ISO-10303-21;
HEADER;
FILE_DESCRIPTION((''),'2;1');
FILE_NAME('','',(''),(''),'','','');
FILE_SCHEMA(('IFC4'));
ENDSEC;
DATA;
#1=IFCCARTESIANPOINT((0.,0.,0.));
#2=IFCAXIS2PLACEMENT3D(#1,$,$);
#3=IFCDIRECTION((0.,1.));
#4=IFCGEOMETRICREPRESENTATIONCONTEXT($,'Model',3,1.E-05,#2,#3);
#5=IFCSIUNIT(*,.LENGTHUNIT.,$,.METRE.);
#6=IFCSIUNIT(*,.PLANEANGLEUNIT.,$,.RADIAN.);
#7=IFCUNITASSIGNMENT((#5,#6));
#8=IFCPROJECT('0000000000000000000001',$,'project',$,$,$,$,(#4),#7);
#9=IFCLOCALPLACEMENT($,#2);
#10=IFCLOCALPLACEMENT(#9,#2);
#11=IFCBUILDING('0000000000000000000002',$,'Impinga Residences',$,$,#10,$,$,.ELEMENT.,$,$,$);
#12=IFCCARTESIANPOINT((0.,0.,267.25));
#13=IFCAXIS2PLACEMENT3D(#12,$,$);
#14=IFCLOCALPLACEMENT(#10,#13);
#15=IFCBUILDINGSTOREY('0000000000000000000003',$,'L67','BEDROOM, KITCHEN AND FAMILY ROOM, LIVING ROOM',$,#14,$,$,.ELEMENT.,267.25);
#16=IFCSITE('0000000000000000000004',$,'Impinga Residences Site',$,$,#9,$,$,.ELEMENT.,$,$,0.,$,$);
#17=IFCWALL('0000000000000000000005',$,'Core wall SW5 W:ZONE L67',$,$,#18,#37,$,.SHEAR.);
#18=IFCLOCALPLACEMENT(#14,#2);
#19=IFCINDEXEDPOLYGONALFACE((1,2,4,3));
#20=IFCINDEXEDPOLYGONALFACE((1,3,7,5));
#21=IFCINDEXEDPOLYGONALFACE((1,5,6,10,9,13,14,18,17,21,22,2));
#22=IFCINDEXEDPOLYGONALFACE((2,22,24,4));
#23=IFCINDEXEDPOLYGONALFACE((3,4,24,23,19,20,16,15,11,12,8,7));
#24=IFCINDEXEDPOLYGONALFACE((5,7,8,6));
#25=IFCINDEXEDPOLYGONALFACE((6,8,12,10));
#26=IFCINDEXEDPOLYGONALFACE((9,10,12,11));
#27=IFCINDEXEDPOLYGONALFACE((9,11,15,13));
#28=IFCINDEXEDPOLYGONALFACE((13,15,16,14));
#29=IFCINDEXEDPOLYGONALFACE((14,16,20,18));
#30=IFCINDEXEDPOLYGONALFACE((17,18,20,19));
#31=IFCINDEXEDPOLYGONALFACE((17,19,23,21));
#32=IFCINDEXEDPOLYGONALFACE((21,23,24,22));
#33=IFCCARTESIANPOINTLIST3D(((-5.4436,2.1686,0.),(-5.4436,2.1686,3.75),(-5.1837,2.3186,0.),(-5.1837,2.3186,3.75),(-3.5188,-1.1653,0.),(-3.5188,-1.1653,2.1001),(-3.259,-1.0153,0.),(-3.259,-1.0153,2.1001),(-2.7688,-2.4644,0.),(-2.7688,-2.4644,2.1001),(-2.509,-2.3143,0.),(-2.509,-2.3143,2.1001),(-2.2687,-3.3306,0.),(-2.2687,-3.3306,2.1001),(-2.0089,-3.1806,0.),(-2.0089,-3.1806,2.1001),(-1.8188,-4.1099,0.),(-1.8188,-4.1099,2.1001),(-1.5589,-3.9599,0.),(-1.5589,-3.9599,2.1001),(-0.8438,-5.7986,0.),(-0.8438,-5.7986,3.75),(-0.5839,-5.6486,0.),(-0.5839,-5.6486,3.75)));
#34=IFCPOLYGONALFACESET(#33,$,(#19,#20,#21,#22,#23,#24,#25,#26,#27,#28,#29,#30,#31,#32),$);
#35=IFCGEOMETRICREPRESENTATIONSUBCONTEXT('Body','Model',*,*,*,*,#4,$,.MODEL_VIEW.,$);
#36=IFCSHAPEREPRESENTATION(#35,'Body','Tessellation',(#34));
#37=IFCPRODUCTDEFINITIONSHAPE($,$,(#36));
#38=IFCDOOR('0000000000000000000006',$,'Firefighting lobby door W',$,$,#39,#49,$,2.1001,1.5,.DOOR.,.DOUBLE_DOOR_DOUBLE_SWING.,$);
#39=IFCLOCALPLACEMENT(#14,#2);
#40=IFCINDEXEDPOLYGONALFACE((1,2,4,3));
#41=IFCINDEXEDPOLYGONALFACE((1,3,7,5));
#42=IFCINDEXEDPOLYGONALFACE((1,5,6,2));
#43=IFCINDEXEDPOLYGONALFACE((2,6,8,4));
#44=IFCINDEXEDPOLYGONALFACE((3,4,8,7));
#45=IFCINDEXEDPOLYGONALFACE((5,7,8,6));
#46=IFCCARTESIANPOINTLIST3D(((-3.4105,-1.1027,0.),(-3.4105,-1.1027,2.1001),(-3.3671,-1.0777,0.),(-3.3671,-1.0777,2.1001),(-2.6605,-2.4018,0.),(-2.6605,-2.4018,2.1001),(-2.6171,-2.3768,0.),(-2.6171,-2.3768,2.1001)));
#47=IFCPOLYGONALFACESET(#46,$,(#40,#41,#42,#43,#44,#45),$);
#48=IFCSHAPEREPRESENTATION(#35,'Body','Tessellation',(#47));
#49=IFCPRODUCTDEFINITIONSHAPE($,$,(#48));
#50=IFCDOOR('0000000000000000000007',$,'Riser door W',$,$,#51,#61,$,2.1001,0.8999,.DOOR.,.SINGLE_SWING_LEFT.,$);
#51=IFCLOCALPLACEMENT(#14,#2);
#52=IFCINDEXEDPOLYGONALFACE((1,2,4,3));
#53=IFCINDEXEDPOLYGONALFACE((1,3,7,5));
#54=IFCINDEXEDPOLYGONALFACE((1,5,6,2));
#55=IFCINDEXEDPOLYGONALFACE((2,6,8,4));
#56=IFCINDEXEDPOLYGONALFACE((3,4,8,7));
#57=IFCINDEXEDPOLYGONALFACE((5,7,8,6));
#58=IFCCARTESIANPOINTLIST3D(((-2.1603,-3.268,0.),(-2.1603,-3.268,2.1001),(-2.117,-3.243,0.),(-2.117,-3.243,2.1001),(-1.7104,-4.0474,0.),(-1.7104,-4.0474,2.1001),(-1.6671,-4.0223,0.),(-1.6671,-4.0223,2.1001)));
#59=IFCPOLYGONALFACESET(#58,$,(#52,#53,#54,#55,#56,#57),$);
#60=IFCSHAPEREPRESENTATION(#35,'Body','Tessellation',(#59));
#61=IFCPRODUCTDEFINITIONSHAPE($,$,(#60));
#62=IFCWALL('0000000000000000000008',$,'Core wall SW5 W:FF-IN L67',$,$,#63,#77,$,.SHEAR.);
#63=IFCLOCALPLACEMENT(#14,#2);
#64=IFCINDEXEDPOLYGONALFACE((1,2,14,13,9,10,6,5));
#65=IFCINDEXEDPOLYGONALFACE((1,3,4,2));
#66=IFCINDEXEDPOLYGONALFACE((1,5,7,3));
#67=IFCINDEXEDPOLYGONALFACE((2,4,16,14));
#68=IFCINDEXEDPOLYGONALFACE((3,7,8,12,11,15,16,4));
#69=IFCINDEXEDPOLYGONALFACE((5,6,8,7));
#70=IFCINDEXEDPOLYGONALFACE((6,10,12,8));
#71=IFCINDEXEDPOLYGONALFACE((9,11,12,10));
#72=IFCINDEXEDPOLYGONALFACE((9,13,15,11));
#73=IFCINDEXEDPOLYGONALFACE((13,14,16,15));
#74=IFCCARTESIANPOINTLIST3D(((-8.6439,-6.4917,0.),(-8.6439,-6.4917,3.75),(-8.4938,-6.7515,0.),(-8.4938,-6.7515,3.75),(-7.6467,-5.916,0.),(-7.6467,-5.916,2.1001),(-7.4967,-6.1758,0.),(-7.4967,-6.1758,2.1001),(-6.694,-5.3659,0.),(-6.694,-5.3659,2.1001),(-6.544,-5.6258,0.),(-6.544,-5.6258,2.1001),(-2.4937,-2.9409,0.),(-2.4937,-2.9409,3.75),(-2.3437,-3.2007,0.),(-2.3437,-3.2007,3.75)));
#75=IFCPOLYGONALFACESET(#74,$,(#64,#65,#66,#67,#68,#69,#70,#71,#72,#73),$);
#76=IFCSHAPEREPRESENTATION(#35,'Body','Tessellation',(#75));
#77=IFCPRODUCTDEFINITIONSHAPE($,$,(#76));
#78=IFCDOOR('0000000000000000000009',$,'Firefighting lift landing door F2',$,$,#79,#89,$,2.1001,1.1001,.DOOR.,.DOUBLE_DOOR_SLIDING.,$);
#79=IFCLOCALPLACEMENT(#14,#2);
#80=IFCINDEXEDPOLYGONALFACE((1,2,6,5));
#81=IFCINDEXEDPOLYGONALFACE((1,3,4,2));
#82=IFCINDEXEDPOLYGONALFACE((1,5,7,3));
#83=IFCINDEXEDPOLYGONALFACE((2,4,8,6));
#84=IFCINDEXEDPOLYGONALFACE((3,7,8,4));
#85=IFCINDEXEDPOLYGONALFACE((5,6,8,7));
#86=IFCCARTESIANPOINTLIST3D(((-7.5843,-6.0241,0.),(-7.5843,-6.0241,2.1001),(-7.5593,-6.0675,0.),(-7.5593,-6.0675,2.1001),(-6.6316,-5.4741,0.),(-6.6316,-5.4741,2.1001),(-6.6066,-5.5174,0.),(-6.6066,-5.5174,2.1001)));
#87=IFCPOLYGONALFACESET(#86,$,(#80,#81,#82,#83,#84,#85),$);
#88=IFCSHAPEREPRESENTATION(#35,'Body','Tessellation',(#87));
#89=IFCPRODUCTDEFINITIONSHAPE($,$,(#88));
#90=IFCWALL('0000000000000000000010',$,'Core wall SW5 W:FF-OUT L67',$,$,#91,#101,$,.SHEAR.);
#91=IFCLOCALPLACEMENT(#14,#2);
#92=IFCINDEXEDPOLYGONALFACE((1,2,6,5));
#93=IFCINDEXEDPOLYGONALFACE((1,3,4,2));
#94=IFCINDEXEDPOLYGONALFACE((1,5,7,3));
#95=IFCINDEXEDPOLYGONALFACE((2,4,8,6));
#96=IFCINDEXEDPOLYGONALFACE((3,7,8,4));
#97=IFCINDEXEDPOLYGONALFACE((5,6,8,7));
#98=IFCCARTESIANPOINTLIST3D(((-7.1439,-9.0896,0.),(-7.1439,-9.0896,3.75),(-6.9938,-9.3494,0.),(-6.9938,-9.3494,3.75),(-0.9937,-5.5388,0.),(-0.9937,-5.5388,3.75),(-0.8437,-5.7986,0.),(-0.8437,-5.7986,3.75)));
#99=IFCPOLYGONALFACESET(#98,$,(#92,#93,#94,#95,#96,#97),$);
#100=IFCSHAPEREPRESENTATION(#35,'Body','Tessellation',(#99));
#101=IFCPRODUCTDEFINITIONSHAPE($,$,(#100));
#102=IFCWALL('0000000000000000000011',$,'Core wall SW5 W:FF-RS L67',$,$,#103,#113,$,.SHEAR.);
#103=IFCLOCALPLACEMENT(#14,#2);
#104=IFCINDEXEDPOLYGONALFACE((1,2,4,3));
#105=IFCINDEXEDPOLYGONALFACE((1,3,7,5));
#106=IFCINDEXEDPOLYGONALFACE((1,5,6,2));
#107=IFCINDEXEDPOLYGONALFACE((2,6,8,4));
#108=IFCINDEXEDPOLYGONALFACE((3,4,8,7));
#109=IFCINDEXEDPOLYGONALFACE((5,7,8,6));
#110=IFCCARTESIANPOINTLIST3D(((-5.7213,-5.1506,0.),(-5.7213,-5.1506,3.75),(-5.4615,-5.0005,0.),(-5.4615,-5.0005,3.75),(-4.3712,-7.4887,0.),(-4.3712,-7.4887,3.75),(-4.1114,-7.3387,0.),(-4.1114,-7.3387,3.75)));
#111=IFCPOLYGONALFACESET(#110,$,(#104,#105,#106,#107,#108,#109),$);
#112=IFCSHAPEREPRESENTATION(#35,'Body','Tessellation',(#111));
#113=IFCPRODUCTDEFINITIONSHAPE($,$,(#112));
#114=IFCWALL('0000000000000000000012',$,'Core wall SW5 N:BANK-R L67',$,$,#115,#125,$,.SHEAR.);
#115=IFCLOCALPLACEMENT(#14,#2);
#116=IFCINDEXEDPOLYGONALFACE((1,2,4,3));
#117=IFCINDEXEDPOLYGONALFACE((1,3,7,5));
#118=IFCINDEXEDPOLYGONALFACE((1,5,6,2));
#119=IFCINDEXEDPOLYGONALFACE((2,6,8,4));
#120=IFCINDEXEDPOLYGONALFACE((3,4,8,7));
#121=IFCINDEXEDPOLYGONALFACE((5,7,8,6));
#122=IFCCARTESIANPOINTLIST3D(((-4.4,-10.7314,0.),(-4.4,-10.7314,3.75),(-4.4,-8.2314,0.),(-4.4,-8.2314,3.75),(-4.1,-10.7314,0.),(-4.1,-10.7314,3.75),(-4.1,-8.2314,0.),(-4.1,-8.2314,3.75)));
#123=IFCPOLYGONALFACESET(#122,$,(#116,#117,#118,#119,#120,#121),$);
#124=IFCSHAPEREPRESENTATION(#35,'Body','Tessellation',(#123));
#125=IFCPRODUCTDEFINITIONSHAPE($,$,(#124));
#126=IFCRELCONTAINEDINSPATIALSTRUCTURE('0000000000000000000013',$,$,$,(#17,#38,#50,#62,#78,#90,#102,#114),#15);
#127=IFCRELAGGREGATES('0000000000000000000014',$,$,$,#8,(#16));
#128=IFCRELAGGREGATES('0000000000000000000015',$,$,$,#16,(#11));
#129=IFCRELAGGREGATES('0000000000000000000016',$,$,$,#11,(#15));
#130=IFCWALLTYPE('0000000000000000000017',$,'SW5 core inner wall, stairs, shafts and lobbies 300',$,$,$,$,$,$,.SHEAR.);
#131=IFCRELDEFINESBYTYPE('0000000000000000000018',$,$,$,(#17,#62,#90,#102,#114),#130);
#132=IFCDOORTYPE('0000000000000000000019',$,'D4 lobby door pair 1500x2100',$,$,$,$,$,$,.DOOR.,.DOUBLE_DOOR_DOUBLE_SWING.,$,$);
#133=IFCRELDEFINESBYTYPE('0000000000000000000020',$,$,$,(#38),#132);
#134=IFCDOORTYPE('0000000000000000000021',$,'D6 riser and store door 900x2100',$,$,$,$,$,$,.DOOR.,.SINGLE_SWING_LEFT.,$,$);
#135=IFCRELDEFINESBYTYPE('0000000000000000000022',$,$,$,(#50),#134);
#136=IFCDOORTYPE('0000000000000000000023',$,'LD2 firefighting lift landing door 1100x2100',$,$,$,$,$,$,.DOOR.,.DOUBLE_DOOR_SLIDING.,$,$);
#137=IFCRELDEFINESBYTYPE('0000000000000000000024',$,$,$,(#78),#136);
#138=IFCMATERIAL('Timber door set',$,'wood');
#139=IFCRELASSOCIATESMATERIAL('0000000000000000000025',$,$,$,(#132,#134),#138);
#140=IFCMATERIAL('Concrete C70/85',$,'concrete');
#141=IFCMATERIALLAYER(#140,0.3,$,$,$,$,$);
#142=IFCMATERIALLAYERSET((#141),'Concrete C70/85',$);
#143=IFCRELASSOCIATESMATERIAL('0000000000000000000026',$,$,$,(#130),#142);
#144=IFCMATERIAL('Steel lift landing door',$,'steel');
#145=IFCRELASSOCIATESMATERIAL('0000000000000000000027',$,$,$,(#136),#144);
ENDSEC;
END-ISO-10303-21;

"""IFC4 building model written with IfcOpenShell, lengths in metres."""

from ifc_helpers import new_model, si_unit, direction, frame, frame_2d, origin, place, context, subcontext, project, spatial, rectangle, extrude, material, layer, layer_set, type_object, element, fill, save


model = new_model("IFC4")

# Units and contexts
model_context = context("Model", 3, precision=1e-05, world=origin(), true_north=direction((0.0, 1.0)))
body_context = subcontext(model_context, "Body", "Model", "MODEL_VIEW")
ifc_project = project(units=[si_unit("LENGTHUNIT", "METRE"), si_unit("PLANEANGLEUNIT", "RADIAN")], contexts=[model_context])

# Site, building, storey
site_placement = place(None, origin())
site = spatial("IfcSite", under=ifc_project, at=site_placement, Name="Impinga Residences Site", CompositionType="ELEMENT", RefElevation=0.0)
building_placement = place(site_placement, origin())
building = spatial("IfcBuilding", under=site, at=building_placement, Name="Impinga Residences", CompositionType="ELEMENT")
storey_placement = place(building_placement, frame((0.0, 0.0, 267.25)))
storey = spatial("IfcBuildingStorey", under=building, at=storey_placement, Name="L67", Description="BEDROOM, KITCHEN AND FAMILY ROOM, LIVING ROOM", CompositionType="ELEMENT", Elevation=267.25)

# Shared definitions
ifc_material_1 = material(Name="Timber door set", Category="wood")

# Shared definitions
door_type_1 = type_object("IfcDoorType", Name="D4 lobby door pair 1500x2100", OperationType="DOUBLE_DOOR_DOUBLE_SWING", PredefinedType="DOOR", material=ifc_material_1)

# Wall, openings, doors
ifc_material_2 = material(Name="Concrete C70/85", Category="concrete")
ifc_layer_1 = layer(ifc_material_2, 0.3)
ifc_layer_set_1 = layer_set([ifc_layer_1], Name="Concrete C70/85")
wall_type_1 = type_object("IfcWallType", Name="SW5 core inner wall, stairs, shafts and lobbies 300", PredefinedType="SHEAR", material=ifc_layer_set_1)
wall_1_placement = place(storey_placement, frame((-0.7139, -5.7236, 0.0), z_axis=(0.0, 0.0, 1.0), x_axis=(-0.499995, 0.866028, 0.0)))
wall_1 = element("IfcWall", 1, at=wall_1_placement, inside=storey, type_object=wall_type_1, Name="Core wall SW5 W:ZONE L67", PredefinedType="SHEAR", context=body_context, shape_type="SweptSolid", body=[
    extrude(rectangle(XDim=9.1997, YDim=0.3, at=frame_2d((4.5999, 0.0))), origin(), (0.0, 0.0, 1.0), 3.75),
])
opening_1_placement = place(wall_1_placement, frame((3.8501, 0.0, 0.0)))
opening_1 = element("IfcOpeningElement", 2, at=opening_1_placement, cuts=wall_1, PredefinedType="OPENING", context=body_context, shape_type="SweptSolid", body=[
    extrude(rectangle(XDim=1.5, YDim=2.1001, at=frame_2d((0.75, 1.05))), frame((0.0, 0.1599, 0.0), z_axis=(0.0, -1.0, 0.0), x_axis=(1.0, 0.0, 0.0)), (0.0, 0.0, 1.0), 0.3201),
])
opening_2_placement = place(wall_1_placement, frame((1.95, 0.0, 0.0)))
opening_2 = element("IfcOpeningElement", 3, at=opening_2_placement, cuts=wall_1, PredefinedType="OPENING", context=body_context, shape_type="SweptSolid", body=[
    extrude(rectangle(XDim=0.8999, YDim=2.1001, at=frame_2d((0.45, 1.05))), frame((0.0, 0.1599, 0.0), z_axis=(0.0, -1.0, 0.0), x_axis=(1.0, 0.0, 0.0)), (0.0, 0.0, 1.0), 0.3201),
])
door_1_placement = place(opening_1_placement, origin())
door_1 = element("IfcDoor", 4, at=door_1_placement, inside=storey, type_object=door_type_1, Name="Firefighting lobby door W", OperationType="DOUBLE_DOOR_DOUBLE_SWING", OverallHeight=2.1001, OverallWidth=1.5, PredefinedType="DOOR", context=body_context, shape_type="SweptSolid", body=[
    extrude(rectangle(XDim=1.5, YDim=2.1001, at=frame_2d((0.75, 1.05))), frame((0.0, 0.0249, 0.0), z_axis=(0.0, -1.0, 0.0), x_axis=(1.0, 0.0, 0.0)), (0.0, 0.0, 1.0), 0.05),
])
fill(opening_1, door_1)
door_type_2 = type_object("IfcDoorType", Name="D6 riser and store door 900x2100", OperationType="SINGLE_SWING_LEFT", PredefinedType="DOOR", material=ifc_material_1)
door_2_placement = place(opening_2_placement, origin())
door_2 = element("IfcDoor", 5, at=door_2_placement, inside=storey, type_object=door_type_2, Name="Riser door W", OperationType="SINGLE_SWING_LEFT", OverallHeight=2.1001, OverallWidth=0.8999, PredefinedType="DOOR", context=body_context, shape_type="SweptSolid", body=[
    extrude(rectangle(XDim=0.8999, YDim=2.1001, at=frame_2d((0.45, 1.05))), frame((0.0, 0.0249, 0.0), z_axis=(0.0, -1.0, 0.0), x_axis=(1.0, 0.0, 0.0)), (0.0, 0.0, 1.0), 0.05),
])
fill(opening_2, door_2)

# Wall, opening, door
wall_2_placement = place(storey_placement, frame((-2.4187, -3.0708, 0.0), z_axis=(0.0, 0.0, 1.0), x_axis=(-0.866026, -0.499999, 0.0)))
wall_2 = element("IfcWall", 6, at=wall_2_placement, inside=storey, type_object=wall_type_1, Name="Core wall SW5 W:FF-IN L67", PredefinedType="SHEAR", context=body_context, shape_type="SweptSolid", body=[
    extrude(rectangle(XDim=7.1016, YDim=0.3, at=frame_2d((3.5508, 0.0))), origin(), (0.0, 0.0, 1.0), 3.75),
])
opening_3_placement = place(wall_2_placement, frame((4.8501, 0.0, 0.0)))
opening_3 = element("IfcOpeningElement", 7, at=opening_3_placement, cuts=wall_2, PredefinedType="OPENING", context=body_context, shape_type="SweptSolid", body=[
    extrude(rectangle(XDim=1.1001, YDim=2.1001, at=frame_2d((0.55, 1.05))), frame((0.0, 0.1599, 0.0), z_axis=(0.0, -1.0, 0.0), x_axis=(1.0, 0.0, 0.0)), (0.0, 0.0, 1.0), 0.3201),
])
ifc_material_3 = material(Name="Steel lift landing door", Category="steel")
door_type_3 = type_object("IfcDoorType", Name="LD2 firefighting lift landing door 1100x2100", OperationType="DOUBLE_DOOR_SLIDING", PredefinedType="DOOR", material=ifc_material_3)
door_3_placement = place(opening_3_placement, origin())
door_3 = element("IfcDoor", 8, at=door_3_placement, inside=storey, type_object=door_type_3, Name="Firefighting lift landing door F2", OperationType="DOUBLE_DOOR_SLIDING", OverallHeight=2.1001, OverallWidth=1.1001, PredefinedType="DOOR", context=body_context, shape_type="SweptSolid", body=[
    extrude(rectangle(XDim=1.1001, YDim=2.1001, at=frame_2d((0.55, 1.05))), frame((0.0, 0.0249, 0.0), z_axis=(0.0, -1.0, 0.0), x_axis=(1.0, 0.0, 0.0)), (0.0, 0.0, 1.0), 0.05),
])
fill(opening_3, door_3)

# Walls
wall_3_placement = place(storey_placement, frame((-0.9187, -5.6687, 0.0), z_axis=(0.0, 0.0, 1.0), x_axis=(-0.866026, -0.499999, 0.0)))
element("IfcWall", 9, at=wall_3_placement, inside=storey, type_object=wall_type_1, Name="Core wall SW5 W:FF-OUT L67", PredefinedType="SHEAR", context=body_context, shape_type="SweptSolid", body=[
    extrude(rectangle(XDim=7.1016, YDim=0.3, at=frame_2d((3.5508, 0.0))), origin(), (0.0, 0.0, 1.0), 3.75),
])
wall_4_placement = place(storey_placement, frame((-4.2412, -7.4138, 0.0), z_axis=(0.0, 0.0, 1.0), x_axis=(-0.500049, 0.865997, 0.0)))
element("IfcWall", 10, at=wall_4_placement, inside=storey, type_object=wall_type_1, Name="Core wall SW5 W:FF-RS L67", PredefinedType="SHEAR", context=body_context, shape_type="SweptSolid", body=[
    extrude(rectangle(XDim=2.7, YDim=0.3, at=frame_2d((1.3501, 0.0))), origin(), (0.0, 0.0, 1.0), 3.75),
])
wall_5_placement = place(storey_placement, frame((-4.25, -8.2314, 0.0), z_axis=(0.0, 0.0, 1.0), x_axis=(0.0, -1.0, 0.0)))
element("IfcWall", 11, at=wall_5_placement, inside=storey, type_object=wall_type_1, Name="Core wall SW5 N:BANK-R L67", PredefinedType="SHEAR", context=body_context, shape_type="SweptSolid", body=[
    extrude(rectangle(XDim=2.5, YDim=0.3, at=frame_2d((1.25, 0.0))), origin(), (0.0, 0.0, 1.0), 3.75),
])

save(model, "model.ifc")
